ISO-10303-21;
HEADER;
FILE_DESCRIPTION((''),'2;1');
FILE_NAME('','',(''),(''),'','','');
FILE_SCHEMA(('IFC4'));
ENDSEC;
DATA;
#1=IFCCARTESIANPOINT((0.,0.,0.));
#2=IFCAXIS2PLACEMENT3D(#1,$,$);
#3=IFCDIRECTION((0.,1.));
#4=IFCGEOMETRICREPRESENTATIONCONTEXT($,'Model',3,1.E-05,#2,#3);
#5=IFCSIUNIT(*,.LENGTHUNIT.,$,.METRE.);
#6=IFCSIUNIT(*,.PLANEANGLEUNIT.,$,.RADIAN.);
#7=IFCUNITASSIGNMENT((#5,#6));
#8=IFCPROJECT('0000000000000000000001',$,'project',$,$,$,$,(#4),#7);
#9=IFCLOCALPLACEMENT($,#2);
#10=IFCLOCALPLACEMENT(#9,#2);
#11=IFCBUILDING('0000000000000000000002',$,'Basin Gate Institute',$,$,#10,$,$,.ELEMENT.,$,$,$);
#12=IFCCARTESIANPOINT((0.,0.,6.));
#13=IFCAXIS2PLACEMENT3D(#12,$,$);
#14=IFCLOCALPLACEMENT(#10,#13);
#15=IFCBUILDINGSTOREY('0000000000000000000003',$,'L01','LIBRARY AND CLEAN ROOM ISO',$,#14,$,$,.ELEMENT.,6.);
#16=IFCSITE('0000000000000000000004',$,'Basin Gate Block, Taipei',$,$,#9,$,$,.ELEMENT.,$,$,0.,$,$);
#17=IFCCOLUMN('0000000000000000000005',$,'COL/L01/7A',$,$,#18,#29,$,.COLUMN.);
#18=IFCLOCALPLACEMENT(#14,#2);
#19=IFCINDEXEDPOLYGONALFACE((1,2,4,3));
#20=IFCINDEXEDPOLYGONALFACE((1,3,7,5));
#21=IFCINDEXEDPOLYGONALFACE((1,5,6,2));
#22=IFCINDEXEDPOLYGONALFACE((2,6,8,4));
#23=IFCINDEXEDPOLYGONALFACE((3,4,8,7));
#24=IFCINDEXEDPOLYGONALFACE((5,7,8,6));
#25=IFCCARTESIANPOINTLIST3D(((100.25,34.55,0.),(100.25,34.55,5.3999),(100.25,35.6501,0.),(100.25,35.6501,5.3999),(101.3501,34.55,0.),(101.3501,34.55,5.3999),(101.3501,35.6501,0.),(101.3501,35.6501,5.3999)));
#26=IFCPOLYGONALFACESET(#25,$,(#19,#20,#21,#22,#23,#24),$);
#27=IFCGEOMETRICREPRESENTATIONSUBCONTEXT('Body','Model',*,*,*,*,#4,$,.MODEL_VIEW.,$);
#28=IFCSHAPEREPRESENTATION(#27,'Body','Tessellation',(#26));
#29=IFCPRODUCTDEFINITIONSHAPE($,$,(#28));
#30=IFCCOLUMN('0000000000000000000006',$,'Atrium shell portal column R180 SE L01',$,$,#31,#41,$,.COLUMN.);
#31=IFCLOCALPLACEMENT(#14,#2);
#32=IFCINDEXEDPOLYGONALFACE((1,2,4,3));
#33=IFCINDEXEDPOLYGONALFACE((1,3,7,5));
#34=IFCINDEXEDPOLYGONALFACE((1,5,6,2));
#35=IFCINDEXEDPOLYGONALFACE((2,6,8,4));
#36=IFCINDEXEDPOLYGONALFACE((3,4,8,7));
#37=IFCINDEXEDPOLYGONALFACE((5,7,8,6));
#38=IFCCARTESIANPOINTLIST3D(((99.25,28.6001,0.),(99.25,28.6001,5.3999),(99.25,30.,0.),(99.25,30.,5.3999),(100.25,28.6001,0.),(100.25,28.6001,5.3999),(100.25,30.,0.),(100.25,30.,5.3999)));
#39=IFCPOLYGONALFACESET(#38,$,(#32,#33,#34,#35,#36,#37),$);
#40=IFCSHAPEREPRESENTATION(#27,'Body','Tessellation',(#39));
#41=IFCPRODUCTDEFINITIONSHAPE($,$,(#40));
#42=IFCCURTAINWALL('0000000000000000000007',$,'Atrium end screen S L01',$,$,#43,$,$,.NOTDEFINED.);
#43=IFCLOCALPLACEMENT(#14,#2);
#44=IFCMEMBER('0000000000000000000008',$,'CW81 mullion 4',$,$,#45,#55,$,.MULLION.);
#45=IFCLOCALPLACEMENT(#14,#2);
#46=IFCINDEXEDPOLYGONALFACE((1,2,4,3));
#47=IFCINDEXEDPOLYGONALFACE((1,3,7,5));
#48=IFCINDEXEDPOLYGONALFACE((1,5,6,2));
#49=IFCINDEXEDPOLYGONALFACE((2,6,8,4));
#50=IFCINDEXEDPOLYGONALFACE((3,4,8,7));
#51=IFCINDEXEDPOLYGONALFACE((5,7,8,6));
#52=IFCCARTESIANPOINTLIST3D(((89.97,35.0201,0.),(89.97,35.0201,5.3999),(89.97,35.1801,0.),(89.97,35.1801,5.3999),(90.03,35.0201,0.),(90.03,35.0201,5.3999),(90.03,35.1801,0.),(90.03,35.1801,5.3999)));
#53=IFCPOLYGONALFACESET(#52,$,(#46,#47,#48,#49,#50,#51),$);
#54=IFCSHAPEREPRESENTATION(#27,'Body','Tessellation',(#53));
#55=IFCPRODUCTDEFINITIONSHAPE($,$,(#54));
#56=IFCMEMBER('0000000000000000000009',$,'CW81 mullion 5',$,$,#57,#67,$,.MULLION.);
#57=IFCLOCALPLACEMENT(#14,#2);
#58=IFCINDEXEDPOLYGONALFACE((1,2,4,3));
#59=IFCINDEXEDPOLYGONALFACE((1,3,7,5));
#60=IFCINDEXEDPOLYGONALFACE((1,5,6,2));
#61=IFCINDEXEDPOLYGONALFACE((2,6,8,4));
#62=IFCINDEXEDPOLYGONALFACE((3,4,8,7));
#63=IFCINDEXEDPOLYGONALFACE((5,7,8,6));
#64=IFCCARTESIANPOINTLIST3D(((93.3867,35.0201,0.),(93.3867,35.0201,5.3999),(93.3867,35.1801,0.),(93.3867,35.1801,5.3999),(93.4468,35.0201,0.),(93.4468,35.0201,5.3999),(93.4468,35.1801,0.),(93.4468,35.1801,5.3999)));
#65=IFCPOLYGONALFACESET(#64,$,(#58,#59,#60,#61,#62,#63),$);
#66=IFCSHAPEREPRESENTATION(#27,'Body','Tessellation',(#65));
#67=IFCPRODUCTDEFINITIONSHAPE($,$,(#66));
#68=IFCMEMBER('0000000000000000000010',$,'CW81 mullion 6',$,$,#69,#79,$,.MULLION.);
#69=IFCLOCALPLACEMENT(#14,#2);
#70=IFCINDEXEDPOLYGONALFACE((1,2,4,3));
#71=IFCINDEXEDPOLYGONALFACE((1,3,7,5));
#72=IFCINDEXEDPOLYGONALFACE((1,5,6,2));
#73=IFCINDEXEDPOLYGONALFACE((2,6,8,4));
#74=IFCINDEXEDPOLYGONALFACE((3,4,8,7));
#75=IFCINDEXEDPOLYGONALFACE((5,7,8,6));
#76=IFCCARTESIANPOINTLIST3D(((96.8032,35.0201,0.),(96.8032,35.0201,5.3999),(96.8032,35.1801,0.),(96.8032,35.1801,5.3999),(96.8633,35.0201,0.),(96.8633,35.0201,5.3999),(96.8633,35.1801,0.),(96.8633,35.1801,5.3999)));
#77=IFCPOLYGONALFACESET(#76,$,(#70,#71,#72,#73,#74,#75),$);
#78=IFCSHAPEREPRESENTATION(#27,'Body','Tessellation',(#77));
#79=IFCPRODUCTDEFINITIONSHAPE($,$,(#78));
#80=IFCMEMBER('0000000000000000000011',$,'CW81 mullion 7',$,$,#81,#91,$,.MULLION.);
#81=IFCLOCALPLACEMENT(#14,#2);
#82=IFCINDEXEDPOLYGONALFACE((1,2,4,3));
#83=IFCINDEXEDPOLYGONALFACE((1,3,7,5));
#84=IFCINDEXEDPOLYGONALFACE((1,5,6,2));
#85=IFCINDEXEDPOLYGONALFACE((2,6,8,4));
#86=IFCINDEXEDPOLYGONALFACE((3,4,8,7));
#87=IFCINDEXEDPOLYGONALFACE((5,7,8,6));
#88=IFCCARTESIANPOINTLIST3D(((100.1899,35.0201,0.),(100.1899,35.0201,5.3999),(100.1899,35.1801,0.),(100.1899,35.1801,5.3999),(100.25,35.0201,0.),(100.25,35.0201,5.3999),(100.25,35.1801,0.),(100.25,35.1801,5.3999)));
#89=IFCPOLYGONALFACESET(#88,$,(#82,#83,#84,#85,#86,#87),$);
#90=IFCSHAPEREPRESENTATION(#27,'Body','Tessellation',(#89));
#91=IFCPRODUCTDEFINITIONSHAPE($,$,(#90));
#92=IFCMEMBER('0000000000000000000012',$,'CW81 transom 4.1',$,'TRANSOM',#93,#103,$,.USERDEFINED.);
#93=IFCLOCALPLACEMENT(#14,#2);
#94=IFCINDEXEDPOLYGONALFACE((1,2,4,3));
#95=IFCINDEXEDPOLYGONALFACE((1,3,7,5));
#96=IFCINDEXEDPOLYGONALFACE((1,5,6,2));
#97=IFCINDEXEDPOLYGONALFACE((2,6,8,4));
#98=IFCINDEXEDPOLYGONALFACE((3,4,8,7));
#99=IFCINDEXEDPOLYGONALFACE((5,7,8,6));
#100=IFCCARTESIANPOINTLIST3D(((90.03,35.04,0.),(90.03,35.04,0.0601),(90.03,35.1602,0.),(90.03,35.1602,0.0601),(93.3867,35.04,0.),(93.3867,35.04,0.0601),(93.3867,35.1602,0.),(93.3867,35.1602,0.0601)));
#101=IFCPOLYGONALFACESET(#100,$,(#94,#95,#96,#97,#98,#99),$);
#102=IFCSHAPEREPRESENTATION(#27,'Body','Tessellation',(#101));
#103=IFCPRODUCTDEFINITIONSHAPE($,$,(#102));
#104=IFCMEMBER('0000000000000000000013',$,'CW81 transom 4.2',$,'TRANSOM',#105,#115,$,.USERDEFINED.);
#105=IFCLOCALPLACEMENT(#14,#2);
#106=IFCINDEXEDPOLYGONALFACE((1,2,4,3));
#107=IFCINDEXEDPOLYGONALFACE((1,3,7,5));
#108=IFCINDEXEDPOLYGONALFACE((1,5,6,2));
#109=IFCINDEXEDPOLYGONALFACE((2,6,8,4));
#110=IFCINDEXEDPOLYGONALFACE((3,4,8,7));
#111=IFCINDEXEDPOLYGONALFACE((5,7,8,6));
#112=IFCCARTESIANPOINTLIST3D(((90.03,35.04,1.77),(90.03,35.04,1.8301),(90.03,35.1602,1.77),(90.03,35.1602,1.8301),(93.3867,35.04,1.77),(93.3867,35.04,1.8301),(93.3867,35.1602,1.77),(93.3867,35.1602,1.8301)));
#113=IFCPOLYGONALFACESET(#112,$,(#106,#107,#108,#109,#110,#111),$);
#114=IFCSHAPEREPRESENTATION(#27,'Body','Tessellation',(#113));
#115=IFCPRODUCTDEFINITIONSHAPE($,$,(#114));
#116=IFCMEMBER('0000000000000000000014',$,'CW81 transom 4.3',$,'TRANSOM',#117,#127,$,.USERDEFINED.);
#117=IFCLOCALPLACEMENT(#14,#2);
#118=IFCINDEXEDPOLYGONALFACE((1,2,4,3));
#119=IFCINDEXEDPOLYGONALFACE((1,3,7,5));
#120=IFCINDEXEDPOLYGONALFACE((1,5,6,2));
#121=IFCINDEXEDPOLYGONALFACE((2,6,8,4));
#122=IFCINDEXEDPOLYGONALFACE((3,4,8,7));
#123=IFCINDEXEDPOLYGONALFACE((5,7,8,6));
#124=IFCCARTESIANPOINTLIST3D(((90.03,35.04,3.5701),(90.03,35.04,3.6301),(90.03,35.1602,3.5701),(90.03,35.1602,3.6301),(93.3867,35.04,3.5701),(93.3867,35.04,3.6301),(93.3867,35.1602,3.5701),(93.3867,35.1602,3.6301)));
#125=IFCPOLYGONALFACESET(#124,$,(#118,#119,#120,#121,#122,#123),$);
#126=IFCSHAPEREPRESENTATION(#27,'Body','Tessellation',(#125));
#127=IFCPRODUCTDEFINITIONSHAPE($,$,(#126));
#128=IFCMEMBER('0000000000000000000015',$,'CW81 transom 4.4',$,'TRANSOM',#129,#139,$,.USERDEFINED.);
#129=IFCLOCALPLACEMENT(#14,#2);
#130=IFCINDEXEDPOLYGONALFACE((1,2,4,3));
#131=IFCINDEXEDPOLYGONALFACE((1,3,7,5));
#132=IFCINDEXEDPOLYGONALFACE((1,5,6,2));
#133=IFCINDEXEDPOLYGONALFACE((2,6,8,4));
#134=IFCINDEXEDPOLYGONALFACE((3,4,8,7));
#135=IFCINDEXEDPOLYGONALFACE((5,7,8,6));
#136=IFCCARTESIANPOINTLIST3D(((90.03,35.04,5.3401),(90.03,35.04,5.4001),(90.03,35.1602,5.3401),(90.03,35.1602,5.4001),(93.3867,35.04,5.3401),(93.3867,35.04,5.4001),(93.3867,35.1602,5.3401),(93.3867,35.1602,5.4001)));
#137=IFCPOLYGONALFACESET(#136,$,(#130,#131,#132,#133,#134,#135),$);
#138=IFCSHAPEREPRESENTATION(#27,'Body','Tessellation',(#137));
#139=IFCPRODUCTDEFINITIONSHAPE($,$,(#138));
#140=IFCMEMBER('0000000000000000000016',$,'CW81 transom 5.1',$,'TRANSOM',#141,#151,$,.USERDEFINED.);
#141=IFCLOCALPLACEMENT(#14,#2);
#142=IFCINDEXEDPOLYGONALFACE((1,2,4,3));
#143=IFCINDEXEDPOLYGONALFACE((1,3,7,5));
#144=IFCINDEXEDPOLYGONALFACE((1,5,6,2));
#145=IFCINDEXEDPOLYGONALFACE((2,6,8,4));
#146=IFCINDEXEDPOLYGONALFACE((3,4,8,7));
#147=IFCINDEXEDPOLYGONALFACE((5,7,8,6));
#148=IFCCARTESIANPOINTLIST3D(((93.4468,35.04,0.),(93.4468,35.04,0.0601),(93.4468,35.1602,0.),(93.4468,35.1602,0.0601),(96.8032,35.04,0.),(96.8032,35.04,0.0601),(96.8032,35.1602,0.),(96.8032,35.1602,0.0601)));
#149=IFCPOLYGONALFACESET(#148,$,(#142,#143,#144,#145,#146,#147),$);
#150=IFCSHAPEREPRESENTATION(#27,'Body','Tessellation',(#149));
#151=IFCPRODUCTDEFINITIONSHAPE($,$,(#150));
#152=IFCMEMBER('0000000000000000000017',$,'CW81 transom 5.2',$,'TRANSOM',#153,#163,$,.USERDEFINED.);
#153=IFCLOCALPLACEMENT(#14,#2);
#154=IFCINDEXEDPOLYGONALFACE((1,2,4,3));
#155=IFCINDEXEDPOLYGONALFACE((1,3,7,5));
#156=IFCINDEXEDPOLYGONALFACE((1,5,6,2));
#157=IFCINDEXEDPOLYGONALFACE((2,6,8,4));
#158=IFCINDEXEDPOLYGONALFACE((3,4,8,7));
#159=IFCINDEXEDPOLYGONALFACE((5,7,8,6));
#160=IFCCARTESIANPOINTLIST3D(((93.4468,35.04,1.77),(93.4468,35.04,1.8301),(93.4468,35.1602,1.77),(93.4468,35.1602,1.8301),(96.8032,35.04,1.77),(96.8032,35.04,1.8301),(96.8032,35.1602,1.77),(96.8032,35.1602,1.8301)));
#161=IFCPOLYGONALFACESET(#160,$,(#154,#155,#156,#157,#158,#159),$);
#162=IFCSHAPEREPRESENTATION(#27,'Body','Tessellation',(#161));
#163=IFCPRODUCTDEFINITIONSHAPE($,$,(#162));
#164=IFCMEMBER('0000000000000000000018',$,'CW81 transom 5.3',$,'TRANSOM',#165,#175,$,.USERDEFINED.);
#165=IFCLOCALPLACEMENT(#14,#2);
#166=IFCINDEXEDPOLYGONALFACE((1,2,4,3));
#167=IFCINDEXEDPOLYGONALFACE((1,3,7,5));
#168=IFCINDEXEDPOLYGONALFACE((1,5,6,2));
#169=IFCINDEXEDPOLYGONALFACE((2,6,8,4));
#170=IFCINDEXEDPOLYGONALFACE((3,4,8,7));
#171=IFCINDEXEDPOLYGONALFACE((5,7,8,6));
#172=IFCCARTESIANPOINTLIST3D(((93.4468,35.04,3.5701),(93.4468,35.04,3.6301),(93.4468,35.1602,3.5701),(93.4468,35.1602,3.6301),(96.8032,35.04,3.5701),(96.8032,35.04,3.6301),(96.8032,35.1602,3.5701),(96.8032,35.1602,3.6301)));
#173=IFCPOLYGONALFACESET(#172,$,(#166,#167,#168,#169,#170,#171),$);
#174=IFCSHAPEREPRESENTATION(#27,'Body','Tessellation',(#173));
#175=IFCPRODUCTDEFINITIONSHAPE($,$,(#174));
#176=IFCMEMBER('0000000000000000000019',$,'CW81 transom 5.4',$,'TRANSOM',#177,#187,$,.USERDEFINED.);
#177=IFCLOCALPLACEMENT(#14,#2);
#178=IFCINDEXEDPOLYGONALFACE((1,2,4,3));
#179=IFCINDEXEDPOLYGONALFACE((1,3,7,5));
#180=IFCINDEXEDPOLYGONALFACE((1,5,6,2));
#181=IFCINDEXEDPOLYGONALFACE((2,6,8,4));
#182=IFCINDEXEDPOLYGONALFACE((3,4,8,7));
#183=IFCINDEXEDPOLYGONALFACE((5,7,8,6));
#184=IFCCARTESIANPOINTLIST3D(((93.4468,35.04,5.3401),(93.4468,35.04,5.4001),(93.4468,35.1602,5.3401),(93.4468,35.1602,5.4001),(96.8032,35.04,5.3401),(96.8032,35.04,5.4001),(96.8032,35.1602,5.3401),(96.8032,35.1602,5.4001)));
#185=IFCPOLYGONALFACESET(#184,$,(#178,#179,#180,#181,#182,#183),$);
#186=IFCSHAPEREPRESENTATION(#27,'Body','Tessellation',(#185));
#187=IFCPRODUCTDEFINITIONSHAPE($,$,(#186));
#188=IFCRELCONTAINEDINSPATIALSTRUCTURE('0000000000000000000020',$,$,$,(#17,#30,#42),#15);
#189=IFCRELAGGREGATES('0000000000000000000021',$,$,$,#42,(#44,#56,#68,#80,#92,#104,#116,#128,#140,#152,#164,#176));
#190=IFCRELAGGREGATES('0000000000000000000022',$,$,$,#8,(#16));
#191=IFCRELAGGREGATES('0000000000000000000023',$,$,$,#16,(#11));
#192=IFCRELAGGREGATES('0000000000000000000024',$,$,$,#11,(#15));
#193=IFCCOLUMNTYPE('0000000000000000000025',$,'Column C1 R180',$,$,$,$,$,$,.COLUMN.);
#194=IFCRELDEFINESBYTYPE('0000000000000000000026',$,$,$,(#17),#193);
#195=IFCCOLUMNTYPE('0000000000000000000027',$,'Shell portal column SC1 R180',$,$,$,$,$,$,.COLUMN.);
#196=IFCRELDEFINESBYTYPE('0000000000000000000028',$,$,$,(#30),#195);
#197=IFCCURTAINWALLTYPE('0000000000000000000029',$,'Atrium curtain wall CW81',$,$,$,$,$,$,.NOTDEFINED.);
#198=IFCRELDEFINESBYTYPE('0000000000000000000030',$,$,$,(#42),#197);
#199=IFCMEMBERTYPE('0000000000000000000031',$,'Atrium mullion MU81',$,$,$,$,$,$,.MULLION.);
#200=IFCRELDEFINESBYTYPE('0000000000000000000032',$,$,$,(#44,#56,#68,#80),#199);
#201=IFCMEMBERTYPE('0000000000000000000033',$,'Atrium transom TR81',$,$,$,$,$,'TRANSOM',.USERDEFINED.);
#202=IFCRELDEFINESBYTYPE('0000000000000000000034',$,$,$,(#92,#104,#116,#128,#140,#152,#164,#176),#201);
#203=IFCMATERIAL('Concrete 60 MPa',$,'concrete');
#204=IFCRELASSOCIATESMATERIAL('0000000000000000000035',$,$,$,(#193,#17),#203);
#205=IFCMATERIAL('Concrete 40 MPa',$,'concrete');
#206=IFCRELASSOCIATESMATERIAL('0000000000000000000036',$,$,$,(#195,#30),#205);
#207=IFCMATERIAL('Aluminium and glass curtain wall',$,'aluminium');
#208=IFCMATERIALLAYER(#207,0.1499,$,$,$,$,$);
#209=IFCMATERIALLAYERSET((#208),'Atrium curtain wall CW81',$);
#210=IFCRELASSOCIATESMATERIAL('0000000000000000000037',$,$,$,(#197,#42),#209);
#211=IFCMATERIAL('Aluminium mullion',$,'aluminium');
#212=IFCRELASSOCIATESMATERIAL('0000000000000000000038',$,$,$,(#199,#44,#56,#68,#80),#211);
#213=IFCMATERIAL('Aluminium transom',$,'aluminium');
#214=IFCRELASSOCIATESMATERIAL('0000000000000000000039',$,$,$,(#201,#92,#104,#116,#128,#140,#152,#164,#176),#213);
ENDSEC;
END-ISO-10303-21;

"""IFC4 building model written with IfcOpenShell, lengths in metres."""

from ifc_helpers import new_model, si_unit, direction, frame, origin, origin_2d, place, context, subcontext, project, spatial, rectangle, extrude, material, layer, layer_set, material_profile, profile_set, type_object, element, aggregate, save


model = new_model("IFC4")

# Units and contexts
model_context = context("Model", 3, precision=1e-05, world=origin(), true_north=direction((0.0, 1.0)))
body_context = subcontext(model_context, "Body", "Model", "MODEL_VIEW")
ifc_project = project(units=[si_unit("LENGTHUNIT", "METRE"), si_unit("PLANEANGLEUNIT", "RADIAN")], contexts=[model_context])

# Site, building, storey
site_placement = place(None, origin())
site = spatial("IfcSite", under=ifc_project, at=site_placement, Name="Basin Gate Block, Taipei", CompositionType="ELEMENT", RefElevation=0.0)
building_placement = place(site_placement, origin())
building = spatial("IfcBuilding", under=site, at=building_placement, Name="Basin Gate Institute", CompositionType="ELEMENT")
storey_placement = place(building_placement, frame((0.0, 0.0, 6.0)))
storey = spatial("IfcBuildingStorey", under=building, at=storey_placement, Name="L01", Description="LIBRARY AND CLEAN ROOM ISO", CompositionType="ELEMENT", Elevation=6.0)

# Columns
ifc_material_1 = material(Name="Concrete 60 MPa", Category="concrete")
ifc_material_profile_1 = material_profile(ifc_material_1, rectangle(XDim=1.1001, YDim=1.1001, at=origin_2d()), Name="Column C1 1100 x 1100")
ifc_profile_set_1 = profile_set([ifc_material_profile_1], Name="Concrete 60 MPa")
column_type_1 = type_object("IfcColumnType", Name="Column C1 R180", PredefinedType="COLUMN", material=ifc_profile_set_1)
column_1_placement = place(storey_placement, frame((100.8, 35.1001, 0.0), z_axis=(0.0, 0.0, 1.0), x_axis=(1.0, 0.0, 0.0)))
element("IfcColumn", 1, at=column_1_placement, inside=storey, type_object=column_type_1, material=ifc_profile_set_1, Name="COL/L01/7A", PredefinedType="COLUMN", context=body_context, shape_type="SweptSolid", body=[
    extrude(rectangle(XDim=1.1001, YDim=1.1001, at=origin_2d()), origin(), (0.0, 0.0, 1.0), 5.3999),
])
ifc_material_2 = material(Name="Concrete 40 MPa", Category="concrete")
ifc_material_profile_2 = material_profile(ifc_material_2, rectangle(XDim=1.0, YDim=1.3999, at=origin_2d()), Name="Shell portal column SC1 1000 x 1400")
ifc_profile_set_2 = profile_set([ifc_material_profile_2], Name="Concrete 40 MPa")
column_type_2 = type_object("IfcColumnType", Name="Shell portal column SC1 R180", PredefinedType="COLUMN", material=ifc_profile_set_2)
column_2_placement = place(storey_placement, frame((99.75, 29.3, 0.0), z_axis=(0.0, 0.0, 1.0), x_axis=(1.0, 0.0, 0.0)))
element("IfcColumn", 2, at=column_2_placement, inside=storey, type_object=column_type_2, material=ifc_profile_set_2, Name="Atrium shell portal column R180 SE L01", PredefinedType="COLUMN", context=body_context, shape_type="SweptSolid", body=[
    extrude(rectangle(XDim=1.0, YDim=1.3999, at=origin_2d()), origin(), (0.0, 0.0, 1.0), 5.3999),
])

# Curtain wall, members
ifc_material_3 = material(Name="Aluminium and glass curtain wall", Category="aluminium")
ifc_layer_1 = layer(ifc_material_3, 0.1499)
ifc_layer_set_1 = layer_set([ifc_layer_1], Name="Atrium curtain wall CW81")
curtain_wall_type = type_object("IfcCurtainWallType", Name="Atrium curtain wall CW81", PredefinedType="NOTDEFINED", material=ifc_layer_set_1)
curtain_wall_placement = place(storey_placement, origin())
curtain_wall = element("IfcCurtainWall", 3, at=curtain_wall_placement, inside=storey, type_object=curtain_wall_type, material=ifc_layer_set_1, Name="Atrium end screen S L01", PredefinedType="NOTDEFINED")
ifc_material_4 = material(Name="Aluminium mullion", Category="aluminium")
ifc_material_profile_3 = material_profile(ifc_material_4, rectangle(XDim=0.1599, YDim=0.0601, at=origin_2d()), Name="Atrium mullion MU81 160 x 60")
ifc_profile_set_3 = profile_set([ifc_material_profile_3], Name="Aluminium mullion")
member_type_1 = type_object("IfcMemberType", Name="Atrium mullion MU81", PredefinedType="MULLION", material=ifc_profile_set_3)
member_1_placement = place(storey_placement, frame((90.0, 35.1001, 0.0), z_axis=(0.0, 0.0, 1.0), x_axis=(0.0, 1.0, 0.0)))
member_1 = element("IfcMember", 4, at=member_1_placement, type_object=member_type_1, material=ifc_profile_set_3, Name="CW81 mullion 4", PredefinedType="MULLION", context=body_context, shape_type="SweptSolid", body=[
    extrude(rectangle(XDim=0.1599, YDim=0.0601, at=origin_2d()), origin(), (0.0, 0.0, 1.0), 5.3999),
])
member_2_placement = place(storey_placement, frame((93.4167, 35.1001, 0.0), z_axis=(0.0, 0.0, 1.0), x_axis=(0.0, 1.0, 0.0)))
member_2 = element("IfcMember", 5, at=member_2_placement, type_object=member_type_1, material=ifc_profile_set_3, Name="CW81 mullion 5", PredefinedType="MULLION", context=body_context, shape_type="SweptSolid", body=[
    extrude(rectangle(XDim=0.1599, YDim=0.0601, at=origin_2d()), origin(), (0.0, 0.0, 1.0), 5.3999),
])
member_3_placement = place(storey_placement, frame((96.8333, 35.1001, 0.0), z_axis=(0.0, 0.0, 1.0), x_axis=(0.0, 1.0, 0.0)))
member_3 = element("IfcMember", 6, at=member_3_placement, type_object=member_type_1, material=ifc_profile_set_3, Name="CW81 mullion 6", PredefinedType="MULLION", context=body_context, shape_type="SweptSolid", body=[
    extrude(rectangle(XDim=0.1599, YDim=0.0601, at=origin_2d()), origin(), (0.0, 0.0, 1.0), 5.3999),
])
member_4_placement = place(storey_placement, frame((100.22, 35.1001, 0.0), z_axis=(0.0, 0.0, 1.0), x_axis=(0.0, 1.0, 0.0)))
member_4 = element("IfcMember", 7, at=member_4_placement, type_object=member_type_1, material=ifc_profile_set_3, Name="CW81 mullion 7", PredefinedType="MULLION", context=body_context, shape_type="SweptSolid", body=[
    extrude(rectangle(XDim=0.1599, YDim=0.0601, at=origin_2d()), origin(), (0.0, 0.0, 1.0), 5.3999),
])
ifc_material_5 = material(Name="Aluminium transom", Category="aluminium")
ifc_material_profile_4 = material_profile(ifc_material_5, rectangle(XDim=0.1201, YDim=0.0601, at=origin_2d()), Name="Atrium transom TR81 120 x 60")
ifc_profile_set_4 = profile_set([ifc_material_profile_4], Name="Aluminium transom")
member_type_2 = type_object("IfcMemberType", Name="Atrium transom TR81", ElementType="TRANSOM", PredefinedType="USERDEFINED", material=ifc_profile_set_4)
member_5_placement = place(storey_placement, frame((90.03, 35.1001, 0.03), z_axis=(1.0, 0.0, 0.0), x_axis=(0.0, 1.0, 0.0)))
member_5 = element("IfcMember", 8, at=member_5_placement, type_object=member_type_2, material=ifc_profile_set_4, Name="CW81 transom 4.1", ObjectType="TRANSOM", PredefinedType="USERDEFINED", context=body_context, shape_type="SweptSolid", body=[
    extrude(rectangle(XDim=0.1201, YDim=0.0601, at=origin_2d()), origin(), (0.0, 0.0, 1.0), 3.3567),
])
member_6_placement = place(storey_placement, frame((90.03, 35.1001, 1.8), z_axis=(1.0, 0.0, 0.0), x_axis=(0.0, 1.0, 0.0)))
member_6 = element("IfcMember", 9, at=member_6_placement, type_object=member_type_2, material=ifc_profile_set_4, Name="CW81 transom 4.2", ObjectType="TRANSOM", PredefinedType="USERDEFINED", context=body_context, shape_type="SweptSolid", body=[
    extrude(rectangle(XDim=0.1201, YDim=0.0601, at=origin_2d()), origin(), (0.0, 0.0, 1.0), 3.3567),
])
member_7_placement = place(storey_placement, frame((90.03, 35.1001, 3.6001), z_axis=(1.0, 0.0, 0.0), x_axis=(0.0, 1.0, 0.0)))
member_7 = element("IfcMember", 10, at=member_7_placement, type_object=member_type_2, material=ifc_profile_set_4, Name="CW81 transom 4.3", ObjectType="TRANSOM", PredefinedType="USERDEFINED", context=body_context, shape_type="SweptSolid", body=[
    extrude(rectangle(XDim=0.1201, YDim=0.0601, at=origin_2d()), origin(), (0.0, 0.0, 1.0), 3.3567),
])
member_8_placement = place(storey_placement, frame((90.03, 35.1001, 5.3701), z_axis=(1.0, 0.0, 0.0), x_axis=(0.0, 1.0, 0.0)))
member_8 = element("IfcMember", 11, at=member_8_placement, type_object=member_type_2, material=ifc_profile_set_4, Name="CW81 transom 4.4", ObjectType="TRANSOM", PredefinedType="USERDEFINED", context=body_context, shape_type="SweptSolid", body=[
    extrude(rectangle(XDim=0.1201, YDim=0.0601, at=origin_2d()), origin(), (0.0, 0.0, 1.0), 3.3567),
])
member_9_placement = place(storey_placement, frame((93.4468, 35.1001, 0.03), z_axis=(1.0, 0.0, 0.0), x_axis=(0.0, 1.0, 0.0)))
member_9 = element("IfcMember", 12, at=member_9_placement, type_object=member_type_2, material=ifc_profile_set_4, Name="CW81 transom 5.1", ObjectType="TRANSOM", PredefinedType="USERDEFINED", context=body_context, shape_type="SweptSolid", body=[
    extrude(rectangle(XDim=0.1201, YDim=0.0601, at=origin_2d()), origin(), (0.0, 0.0, 1.0), 3.3564),
])
member_10_placement = place(storey_placement, frame((93.4468, 35.1001, 1.8), z_axis=(1.0, 0.0, 0.0), x_axis=(0.0, 1.0, 0.0)))
member_10 = element("IfcMember", 13, at=member_10_placement, type_object=member_type_2, material=ifc_profile_set_4, Name="CW81 transom 5.2", ObjectType="TRANSOM", PredefinedType="USERDEFINED", context=body_context, shape_type="SweptSolid", body=[
    extrude(rectangle(XDim=0.1201, YDim=0.0601, at=origin_2d()), origin(), (0.0, 0.0, 1.0), 3.3564),
])
member_11_placement = place(storey_placement, frame((93.4468, 35.1001, 3.6001), z_axis=(1.0, 0.0, 0.0), x_axis=(0.0, 1.0, 0.0)))
member_11 = element("IfcMember", 14, at=member_11_placement, type_object=member_type_2, material=ifc_profile_set_4, Name="CW81 transom 5.3", ObjectType="TRANSOM", PredefinedType="USERDEFINED", context=body_context, shape_type="SweptSolid", body=[
    extrude(rectangle(XDim=0.1201, YDim=0.0601, at=origin_2d()), origin(), (0.0, 0.0, 1.0), 3.3564),
])
member_12_placement = place(storey_placement, frame((93.4468, 35.1001, 5.3701), z_axis=(1.0, 0.0, 0.0), x_axis=(0.0, 1.0, 0.0)))
member_12 = element("IfcMember", 15, at=member_12_placement, type_object=member_type_2, material=ifc_profile_set_4, Name="CW81 transom 5.4", ObjectType="TRANSOM", PredefinedType="USERDEFINED", context=body_context, shape_type="SweptSolid", body=[
    extrude(rectangle(XDim=0.1201, YDim=0.0601, at=origin_2d()), origin(), (0.0, 0.0, 1.0), 3.3564),
])
aggregate(curtain_wall, [member_1, member_2, member_3, member_4, member_5, member_6, member_7, member_8, member_9, member_10, member_11, member_12])

save(model, "model.ifc")
